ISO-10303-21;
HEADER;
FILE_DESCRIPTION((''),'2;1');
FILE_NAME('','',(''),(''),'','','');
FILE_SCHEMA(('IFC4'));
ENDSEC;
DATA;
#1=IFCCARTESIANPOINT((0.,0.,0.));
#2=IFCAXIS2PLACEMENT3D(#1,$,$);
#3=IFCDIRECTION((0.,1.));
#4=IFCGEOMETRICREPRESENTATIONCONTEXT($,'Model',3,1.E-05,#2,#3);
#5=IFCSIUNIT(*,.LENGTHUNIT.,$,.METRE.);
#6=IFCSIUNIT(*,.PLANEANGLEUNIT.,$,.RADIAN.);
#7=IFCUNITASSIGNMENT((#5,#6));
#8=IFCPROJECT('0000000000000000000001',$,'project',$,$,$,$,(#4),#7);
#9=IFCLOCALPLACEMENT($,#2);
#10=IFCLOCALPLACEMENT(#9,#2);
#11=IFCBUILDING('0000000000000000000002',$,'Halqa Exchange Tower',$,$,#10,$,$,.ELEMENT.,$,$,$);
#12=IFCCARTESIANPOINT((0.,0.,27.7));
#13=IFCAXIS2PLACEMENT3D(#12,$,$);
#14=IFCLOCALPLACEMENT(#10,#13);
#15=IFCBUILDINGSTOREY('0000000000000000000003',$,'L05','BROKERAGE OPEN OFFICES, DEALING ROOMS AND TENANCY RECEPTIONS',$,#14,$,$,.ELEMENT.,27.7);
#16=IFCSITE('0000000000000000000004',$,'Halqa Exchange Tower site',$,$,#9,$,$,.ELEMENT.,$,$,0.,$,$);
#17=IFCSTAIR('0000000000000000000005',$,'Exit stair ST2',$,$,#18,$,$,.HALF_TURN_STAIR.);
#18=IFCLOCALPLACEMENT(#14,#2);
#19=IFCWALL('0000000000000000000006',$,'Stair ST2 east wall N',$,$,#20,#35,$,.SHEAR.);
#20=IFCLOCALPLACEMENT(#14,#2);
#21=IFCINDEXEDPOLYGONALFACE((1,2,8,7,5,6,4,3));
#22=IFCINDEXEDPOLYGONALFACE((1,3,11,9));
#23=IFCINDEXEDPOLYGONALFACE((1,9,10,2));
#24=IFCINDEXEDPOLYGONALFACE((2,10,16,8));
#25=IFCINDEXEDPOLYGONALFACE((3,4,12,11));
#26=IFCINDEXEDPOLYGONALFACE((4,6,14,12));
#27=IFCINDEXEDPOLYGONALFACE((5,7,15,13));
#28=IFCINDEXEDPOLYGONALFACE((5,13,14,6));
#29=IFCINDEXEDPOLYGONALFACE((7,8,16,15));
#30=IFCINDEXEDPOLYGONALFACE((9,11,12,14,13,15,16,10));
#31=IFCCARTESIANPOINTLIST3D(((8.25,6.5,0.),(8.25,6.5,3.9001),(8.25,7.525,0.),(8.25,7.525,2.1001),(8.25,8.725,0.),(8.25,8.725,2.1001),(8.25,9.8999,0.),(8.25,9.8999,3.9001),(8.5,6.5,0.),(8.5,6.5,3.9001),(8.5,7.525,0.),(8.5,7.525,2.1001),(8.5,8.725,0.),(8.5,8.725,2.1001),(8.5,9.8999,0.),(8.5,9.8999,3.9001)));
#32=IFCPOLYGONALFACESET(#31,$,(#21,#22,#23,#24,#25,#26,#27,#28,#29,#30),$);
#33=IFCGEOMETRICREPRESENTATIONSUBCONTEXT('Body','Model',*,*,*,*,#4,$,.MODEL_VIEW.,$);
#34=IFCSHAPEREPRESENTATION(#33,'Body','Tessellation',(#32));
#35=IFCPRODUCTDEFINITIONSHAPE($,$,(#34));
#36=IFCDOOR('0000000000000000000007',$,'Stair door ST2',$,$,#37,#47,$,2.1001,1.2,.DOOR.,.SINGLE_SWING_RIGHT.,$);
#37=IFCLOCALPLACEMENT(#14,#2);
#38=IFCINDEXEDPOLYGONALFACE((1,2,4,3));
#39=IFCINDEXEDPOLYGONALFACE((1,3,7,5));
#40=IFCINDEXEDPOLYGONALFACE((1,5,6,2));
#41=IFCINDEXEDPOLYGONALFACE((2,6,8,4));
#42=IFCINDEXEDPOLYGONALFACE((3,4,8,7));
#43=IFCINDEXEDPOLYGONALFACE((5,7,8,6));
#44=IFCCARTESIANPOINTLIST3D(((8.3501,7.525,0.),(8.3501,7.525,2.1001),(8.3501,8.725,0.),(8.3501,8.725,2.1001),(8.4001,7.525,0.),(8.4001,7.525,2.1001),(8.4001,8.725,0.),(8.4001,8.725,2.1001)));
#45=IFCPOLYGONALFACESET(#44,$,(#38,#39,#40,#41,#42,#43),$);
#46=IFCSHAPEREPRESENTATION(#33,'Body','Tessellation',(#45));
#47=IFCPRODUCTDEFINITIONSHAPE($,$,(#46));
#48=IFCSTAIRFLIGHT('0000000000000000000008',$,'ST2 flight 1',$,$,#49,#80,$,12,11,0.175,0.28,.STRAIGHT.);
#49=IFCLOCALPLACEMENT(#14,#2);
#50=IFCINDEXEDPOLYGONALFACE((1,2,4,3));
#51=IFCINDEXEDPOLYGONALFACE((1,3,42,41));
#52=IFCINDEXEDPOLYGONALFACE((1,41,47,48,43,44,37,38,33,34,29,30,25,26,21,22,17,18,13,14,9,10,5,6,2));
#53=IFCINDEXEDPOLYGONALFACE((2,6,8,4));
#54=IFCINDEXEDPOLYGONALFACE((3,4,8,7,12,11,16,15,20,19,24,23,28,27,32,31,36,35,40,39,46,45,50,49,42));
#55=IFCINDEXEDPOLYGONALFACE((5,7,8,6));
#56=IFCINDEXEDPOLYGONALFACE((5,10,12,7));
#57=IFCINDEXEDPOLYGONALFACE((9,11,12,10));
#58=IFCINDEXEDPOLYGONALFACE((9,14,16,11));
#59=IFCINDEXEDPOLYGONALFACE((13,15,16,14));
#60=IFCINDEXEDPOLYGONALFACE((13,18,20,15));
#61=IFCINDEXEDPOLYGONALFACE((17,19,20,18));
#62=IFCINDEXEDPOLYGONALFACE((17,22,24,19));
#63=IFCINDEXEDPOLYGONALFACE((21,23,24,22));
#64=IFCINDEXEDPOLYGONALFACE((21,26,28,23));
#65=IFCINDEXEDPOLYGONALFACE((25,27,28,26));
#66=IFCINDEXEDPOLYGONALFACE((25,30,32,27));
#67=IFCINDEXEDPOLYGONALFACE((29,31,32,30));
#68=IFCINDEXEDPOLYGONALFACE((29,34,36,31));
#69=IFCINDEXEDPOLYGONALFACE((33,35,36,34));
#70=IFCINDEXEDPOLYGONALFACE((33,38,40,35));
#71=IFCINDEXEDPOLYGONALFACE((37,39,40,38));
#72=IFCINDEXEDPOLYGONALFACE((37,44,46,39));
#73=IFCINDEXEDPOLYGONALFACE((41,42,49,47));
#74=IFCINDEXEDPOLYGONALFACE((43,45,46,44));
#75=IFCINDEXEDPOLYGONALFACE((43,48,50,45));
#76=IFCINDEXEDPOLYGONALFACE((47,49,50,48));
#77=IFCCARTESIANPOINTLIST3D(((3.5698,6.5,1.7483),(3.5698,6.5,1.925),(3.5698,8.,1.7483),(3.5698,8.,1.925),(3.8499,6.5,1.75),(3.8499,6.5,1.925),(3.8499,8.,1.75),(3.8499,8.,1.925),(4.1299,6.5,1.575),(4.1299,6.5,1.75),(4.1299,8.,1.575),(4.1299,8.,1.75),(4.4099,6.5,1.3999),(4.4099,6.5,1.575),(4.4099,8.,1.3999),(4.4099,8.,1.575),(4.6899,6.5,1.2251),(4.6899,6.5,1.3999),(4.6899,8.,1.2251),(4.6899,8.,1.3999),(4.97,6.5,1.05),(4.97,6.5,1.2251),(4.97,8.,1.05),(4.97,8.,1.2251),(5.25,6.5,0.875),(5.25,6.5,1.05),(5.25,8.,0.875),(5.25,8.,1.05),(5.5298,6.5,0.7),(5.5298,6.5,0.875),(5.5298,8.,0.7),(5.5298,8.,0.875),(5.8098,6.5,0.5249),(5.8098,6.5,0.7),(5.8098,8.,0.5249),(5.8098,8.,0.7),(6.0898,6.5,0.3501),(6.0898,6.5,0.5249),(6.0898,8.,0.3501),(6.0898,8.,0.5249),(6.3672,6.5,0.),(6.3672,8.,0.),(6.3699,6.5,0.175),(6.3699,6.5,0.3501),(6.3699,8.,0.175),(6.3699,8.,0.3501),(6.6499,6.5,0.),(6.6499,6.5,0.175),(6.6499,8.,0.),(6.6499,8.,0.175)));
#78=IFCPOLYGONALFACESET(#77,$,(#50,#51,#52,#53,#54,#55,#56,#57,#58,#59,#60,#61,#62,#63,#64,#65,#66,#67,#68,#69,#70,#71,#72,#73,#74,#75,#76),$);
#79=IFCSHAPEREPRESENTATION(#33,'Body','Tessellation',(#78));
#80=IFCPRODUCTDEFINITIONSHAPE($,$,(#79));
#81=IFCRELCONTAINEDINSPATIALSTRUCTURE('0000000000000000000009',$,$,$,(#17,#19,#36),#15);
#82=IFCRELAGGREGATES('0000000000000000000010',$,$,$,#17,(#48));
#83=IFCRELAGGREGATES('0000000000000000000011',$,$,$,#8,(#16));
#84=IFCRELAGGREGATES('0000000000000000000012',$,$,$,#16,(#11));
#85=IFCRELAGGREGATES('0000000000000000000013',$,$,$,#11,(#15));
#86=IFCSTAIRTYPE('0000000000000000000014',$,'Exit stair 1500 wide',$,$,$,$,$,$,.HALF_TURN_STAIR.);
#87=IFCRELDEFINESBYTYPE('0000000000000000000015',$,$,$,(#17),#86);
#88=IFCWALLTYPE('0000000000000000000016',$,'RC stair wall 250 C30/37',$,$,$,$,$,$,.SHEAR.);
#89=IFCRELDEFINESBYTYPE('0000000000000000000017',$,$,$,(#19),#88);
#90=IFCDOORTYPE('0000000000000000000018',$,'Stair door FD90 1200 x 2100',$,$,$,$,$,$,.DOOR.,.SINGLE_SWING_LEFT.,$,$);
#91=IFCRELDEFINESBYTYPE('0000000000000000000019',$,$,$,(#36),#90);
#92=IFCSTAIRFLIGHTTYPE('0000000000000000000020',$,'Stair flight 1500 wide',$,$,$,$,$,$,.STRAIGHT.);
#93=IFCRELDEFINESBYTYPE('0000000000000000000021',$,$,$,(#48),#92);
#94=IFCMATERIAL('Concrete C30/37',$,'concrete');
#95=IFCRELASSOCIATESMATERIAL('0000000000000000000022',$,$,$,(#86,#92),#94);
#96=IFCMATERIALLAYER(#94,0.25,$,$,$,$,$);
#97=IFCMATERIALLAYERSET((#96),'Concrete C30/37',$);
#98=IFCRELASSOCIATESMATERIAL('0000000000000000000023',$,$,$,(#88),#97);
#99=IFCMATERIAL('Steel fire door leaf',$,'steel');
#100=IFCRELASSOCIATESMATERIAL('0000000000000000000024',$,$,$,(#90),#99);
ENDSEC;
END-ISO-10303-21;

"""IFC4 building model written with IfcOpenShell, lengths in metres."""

from ifc_helpers import new_model, si_unit, direction, frame, frame_2d, origin, place, context, subcontext, project, spatial, polyline, rectangle, outline, extrude, material, layer, layer_set, type_object, element, fill, aggregate, save


model = new_model("IFC4")

# Units and contexts
model_context = context("Model", 3, precision=1e-05, world=origin(), true_north=direction((0.0, 1.0)))
body_context = subcontext(model_context, "Body", "Model", "MODEL_VIEW")
ifc_project = project(units=[si_unit("LENGTHUNIT", "METRE"), si_unit("PLANEANGLEUNIT", "RADIAN")], contexts=[model_context])

# Site, building, storey
site_placement = place(None, origin())
site = spatial("IfcSite", under=ifc_project, at=site_placement, Name="Halqa Exchange Tower site", CompositionType="ELEMENT", RefElevation=0.0)
building_placement = place(site_placement, origin())
building = spatial("IfcBuilding", under=site, at=building_placement, Name="Halqa Exchange Tower", CompositionType="ELEMENT")
storey_placement = place(building_placement, frame((0.0, 0.0, 27.7)))
storey = spatial("IfcBuildingStorey", under=building, at=storey_placement, Name="L05", Description="BROKERAGE OPEN OFFICES, DEALING ROOMS AND TENANCY RECEPTIONS", CompositionType="ELEMENT", Elevation=27.7)

# Stair
ifc_material_1 = material(Name="Concrete C30/37", Category="concrete")
stair_type = type_object("IfcStairType", Name="Exit stair 1500 wide", PredefinedType="HALF_TURN_STAIR", material=ifc_material_1)
stair_1_placement = place(storey_placement, origin())
stair_1 = element("IfcStair", 1, at=stair_1_placement, inside=storey, type_object=stair_type, Name="Exit stair ST2", PredefinedType="HALF_TURN_STAIR")

# Shared definitions
ifc_layer_1 = layer(ifc_material_1, 0.25)
ifc_layer_set_1 = layer_set([ifc_layer_1], Name="Concrete C30/37")
wall_type_1 = type_object("IfcWallType", Name="RC stair wall 250 C30/37", PredefinedType="SHEAR", material=ifc_layer_set_1)

# Wall, opening, door
wall_1_placement = place(storey_placement, frame((8.375, 6.5, 0.0), z_axis=(0.0, 0.0, 1.0), x_axis=(0.0, 1.0, 0.0)))
wall_1 = element("IfcWall", 2, at=wall_1_placement, inside=storey, type_object=wall_type_1, Name="Stair ST2 east wall N", PredefinedType="SHEAR", context=body_context, shape_type="SweptSolid", body=[
    extrude(rectangle(XDim=3.3999, YDim=0.25, at=frame_2d((1.7, 0.0))), origin(), (0.0, 0.0, 1.0), 3.9001),
])
opening_placement = place(wall_1_placement, frame((1.0249, 0.0, 0.0)))
opening = element("IfcOpeningElement", 3, at=opening_placement, cuts=wall_1, PredefinedType="OPENING", context=body_context, shape_type="SweptSolid", body=[
    extrude(rectangle(XDim=1.2, YDim=2.1001, at=frame_2d((0.6001, 1.05))), frame((0.0, 0.137, 0.0), z_axis=(0.0, -1.0, 0.0), x_axis=(1.0, 0.0, 0.0)), (0.0, 0.0, 1.0), 0.2739),
])
ifc_material_2 = material(Name="Steel fire door leaf", Category="steel")
door_type = type_object("IfcDoorType", Name="Stair door FD90 1200 x 2100", OperationType="SINGLE_SWING_LEFT", PredefinedType="DOOR", material=ifc_material_2)
door_placement = place(opening_placement, origin())
door = element("IfcDoor", 4, at=door_placement, inside=storey, type_object=door_type, Name="Stair door ST2", OperationType="SINGLE_SWING_RIGHT", OverallHeight=2.1001, OverallWidth=1.2, PredefinedType="DOOR", context=body_context, shape_type="SweptSolid", body=[
    extrude(rectangle(XDim=1.2, YDim=2.1001, at=frame_2d((0.6001, 1.05))), frame((0.0, 0.0249, 0.0), z_axis=(0.0, -1.0, 0.0), x_axis=(1.0, 0.0, 0.0)), (0.0, 0.0, 1.0), 0.05),
])
fill(opening, door)

# Stair flight
stair_flight_type = type_object("IfcStairFlightType", Name="Stair flight 1500 wide", PredefinedType="STRAIGHT", material=ifc_material_1)
stair_flight_placement = place(storey_placement, frame((6.6499, 7.25, 0.0), z_axis=(0.0, 0.0, 1.0), x_axis=(-1.0, 0.0, 0.0)))
stair_flight = element("IfcStairFlight", 5, at=stair_flight_placement, type_object=stair_flight_type, Name="ST2 flight 1", NumberOfRisers=12, NumberOfTreads=11, PredefinedType="STRAIGHT", RiserHeight=0.175, TreadLength=0.28, context=body_context, shape_type="SweptSolid", body=[
    extrude(outline(polyline([(0.0, 0.0), (0.0, 0.175), (0.28, 0.175), (0.28, 0.3501), (0.5601, 0.3501), (0.5601, 0.5249), (0.8401, 0.5249), (0.8401, 0.7), (1.1201, 0.7), (1.1201, 0.875), (1.3999, 0.875), (1.3999, 1.05), (1.6799, 1.05), (1.6799, 1.2251), (1.96, 1.2251), (1.96, 1.3999), (2.24, 1.3999), (2.24, 1.575), (2.52, 1.575), (2.52, 1.75), (2.8, 1.75), (2.8, 1.925), (3.0801, 1.925), (3.0801, 2.1001), (3.0801, 1.7483), (0.2827, 0.0), (0.0, 0.0)])), frame((0.0, 0.75, 0.0), z_axis=(0.0, -1.0, 0.0), x_axis=(1.0, 0.0, 0.0)), (0.0, 0.0, 1.0), 1.5),
])
aggregate(stair_1, [stair_flight])

save(model, "model.ifc")
